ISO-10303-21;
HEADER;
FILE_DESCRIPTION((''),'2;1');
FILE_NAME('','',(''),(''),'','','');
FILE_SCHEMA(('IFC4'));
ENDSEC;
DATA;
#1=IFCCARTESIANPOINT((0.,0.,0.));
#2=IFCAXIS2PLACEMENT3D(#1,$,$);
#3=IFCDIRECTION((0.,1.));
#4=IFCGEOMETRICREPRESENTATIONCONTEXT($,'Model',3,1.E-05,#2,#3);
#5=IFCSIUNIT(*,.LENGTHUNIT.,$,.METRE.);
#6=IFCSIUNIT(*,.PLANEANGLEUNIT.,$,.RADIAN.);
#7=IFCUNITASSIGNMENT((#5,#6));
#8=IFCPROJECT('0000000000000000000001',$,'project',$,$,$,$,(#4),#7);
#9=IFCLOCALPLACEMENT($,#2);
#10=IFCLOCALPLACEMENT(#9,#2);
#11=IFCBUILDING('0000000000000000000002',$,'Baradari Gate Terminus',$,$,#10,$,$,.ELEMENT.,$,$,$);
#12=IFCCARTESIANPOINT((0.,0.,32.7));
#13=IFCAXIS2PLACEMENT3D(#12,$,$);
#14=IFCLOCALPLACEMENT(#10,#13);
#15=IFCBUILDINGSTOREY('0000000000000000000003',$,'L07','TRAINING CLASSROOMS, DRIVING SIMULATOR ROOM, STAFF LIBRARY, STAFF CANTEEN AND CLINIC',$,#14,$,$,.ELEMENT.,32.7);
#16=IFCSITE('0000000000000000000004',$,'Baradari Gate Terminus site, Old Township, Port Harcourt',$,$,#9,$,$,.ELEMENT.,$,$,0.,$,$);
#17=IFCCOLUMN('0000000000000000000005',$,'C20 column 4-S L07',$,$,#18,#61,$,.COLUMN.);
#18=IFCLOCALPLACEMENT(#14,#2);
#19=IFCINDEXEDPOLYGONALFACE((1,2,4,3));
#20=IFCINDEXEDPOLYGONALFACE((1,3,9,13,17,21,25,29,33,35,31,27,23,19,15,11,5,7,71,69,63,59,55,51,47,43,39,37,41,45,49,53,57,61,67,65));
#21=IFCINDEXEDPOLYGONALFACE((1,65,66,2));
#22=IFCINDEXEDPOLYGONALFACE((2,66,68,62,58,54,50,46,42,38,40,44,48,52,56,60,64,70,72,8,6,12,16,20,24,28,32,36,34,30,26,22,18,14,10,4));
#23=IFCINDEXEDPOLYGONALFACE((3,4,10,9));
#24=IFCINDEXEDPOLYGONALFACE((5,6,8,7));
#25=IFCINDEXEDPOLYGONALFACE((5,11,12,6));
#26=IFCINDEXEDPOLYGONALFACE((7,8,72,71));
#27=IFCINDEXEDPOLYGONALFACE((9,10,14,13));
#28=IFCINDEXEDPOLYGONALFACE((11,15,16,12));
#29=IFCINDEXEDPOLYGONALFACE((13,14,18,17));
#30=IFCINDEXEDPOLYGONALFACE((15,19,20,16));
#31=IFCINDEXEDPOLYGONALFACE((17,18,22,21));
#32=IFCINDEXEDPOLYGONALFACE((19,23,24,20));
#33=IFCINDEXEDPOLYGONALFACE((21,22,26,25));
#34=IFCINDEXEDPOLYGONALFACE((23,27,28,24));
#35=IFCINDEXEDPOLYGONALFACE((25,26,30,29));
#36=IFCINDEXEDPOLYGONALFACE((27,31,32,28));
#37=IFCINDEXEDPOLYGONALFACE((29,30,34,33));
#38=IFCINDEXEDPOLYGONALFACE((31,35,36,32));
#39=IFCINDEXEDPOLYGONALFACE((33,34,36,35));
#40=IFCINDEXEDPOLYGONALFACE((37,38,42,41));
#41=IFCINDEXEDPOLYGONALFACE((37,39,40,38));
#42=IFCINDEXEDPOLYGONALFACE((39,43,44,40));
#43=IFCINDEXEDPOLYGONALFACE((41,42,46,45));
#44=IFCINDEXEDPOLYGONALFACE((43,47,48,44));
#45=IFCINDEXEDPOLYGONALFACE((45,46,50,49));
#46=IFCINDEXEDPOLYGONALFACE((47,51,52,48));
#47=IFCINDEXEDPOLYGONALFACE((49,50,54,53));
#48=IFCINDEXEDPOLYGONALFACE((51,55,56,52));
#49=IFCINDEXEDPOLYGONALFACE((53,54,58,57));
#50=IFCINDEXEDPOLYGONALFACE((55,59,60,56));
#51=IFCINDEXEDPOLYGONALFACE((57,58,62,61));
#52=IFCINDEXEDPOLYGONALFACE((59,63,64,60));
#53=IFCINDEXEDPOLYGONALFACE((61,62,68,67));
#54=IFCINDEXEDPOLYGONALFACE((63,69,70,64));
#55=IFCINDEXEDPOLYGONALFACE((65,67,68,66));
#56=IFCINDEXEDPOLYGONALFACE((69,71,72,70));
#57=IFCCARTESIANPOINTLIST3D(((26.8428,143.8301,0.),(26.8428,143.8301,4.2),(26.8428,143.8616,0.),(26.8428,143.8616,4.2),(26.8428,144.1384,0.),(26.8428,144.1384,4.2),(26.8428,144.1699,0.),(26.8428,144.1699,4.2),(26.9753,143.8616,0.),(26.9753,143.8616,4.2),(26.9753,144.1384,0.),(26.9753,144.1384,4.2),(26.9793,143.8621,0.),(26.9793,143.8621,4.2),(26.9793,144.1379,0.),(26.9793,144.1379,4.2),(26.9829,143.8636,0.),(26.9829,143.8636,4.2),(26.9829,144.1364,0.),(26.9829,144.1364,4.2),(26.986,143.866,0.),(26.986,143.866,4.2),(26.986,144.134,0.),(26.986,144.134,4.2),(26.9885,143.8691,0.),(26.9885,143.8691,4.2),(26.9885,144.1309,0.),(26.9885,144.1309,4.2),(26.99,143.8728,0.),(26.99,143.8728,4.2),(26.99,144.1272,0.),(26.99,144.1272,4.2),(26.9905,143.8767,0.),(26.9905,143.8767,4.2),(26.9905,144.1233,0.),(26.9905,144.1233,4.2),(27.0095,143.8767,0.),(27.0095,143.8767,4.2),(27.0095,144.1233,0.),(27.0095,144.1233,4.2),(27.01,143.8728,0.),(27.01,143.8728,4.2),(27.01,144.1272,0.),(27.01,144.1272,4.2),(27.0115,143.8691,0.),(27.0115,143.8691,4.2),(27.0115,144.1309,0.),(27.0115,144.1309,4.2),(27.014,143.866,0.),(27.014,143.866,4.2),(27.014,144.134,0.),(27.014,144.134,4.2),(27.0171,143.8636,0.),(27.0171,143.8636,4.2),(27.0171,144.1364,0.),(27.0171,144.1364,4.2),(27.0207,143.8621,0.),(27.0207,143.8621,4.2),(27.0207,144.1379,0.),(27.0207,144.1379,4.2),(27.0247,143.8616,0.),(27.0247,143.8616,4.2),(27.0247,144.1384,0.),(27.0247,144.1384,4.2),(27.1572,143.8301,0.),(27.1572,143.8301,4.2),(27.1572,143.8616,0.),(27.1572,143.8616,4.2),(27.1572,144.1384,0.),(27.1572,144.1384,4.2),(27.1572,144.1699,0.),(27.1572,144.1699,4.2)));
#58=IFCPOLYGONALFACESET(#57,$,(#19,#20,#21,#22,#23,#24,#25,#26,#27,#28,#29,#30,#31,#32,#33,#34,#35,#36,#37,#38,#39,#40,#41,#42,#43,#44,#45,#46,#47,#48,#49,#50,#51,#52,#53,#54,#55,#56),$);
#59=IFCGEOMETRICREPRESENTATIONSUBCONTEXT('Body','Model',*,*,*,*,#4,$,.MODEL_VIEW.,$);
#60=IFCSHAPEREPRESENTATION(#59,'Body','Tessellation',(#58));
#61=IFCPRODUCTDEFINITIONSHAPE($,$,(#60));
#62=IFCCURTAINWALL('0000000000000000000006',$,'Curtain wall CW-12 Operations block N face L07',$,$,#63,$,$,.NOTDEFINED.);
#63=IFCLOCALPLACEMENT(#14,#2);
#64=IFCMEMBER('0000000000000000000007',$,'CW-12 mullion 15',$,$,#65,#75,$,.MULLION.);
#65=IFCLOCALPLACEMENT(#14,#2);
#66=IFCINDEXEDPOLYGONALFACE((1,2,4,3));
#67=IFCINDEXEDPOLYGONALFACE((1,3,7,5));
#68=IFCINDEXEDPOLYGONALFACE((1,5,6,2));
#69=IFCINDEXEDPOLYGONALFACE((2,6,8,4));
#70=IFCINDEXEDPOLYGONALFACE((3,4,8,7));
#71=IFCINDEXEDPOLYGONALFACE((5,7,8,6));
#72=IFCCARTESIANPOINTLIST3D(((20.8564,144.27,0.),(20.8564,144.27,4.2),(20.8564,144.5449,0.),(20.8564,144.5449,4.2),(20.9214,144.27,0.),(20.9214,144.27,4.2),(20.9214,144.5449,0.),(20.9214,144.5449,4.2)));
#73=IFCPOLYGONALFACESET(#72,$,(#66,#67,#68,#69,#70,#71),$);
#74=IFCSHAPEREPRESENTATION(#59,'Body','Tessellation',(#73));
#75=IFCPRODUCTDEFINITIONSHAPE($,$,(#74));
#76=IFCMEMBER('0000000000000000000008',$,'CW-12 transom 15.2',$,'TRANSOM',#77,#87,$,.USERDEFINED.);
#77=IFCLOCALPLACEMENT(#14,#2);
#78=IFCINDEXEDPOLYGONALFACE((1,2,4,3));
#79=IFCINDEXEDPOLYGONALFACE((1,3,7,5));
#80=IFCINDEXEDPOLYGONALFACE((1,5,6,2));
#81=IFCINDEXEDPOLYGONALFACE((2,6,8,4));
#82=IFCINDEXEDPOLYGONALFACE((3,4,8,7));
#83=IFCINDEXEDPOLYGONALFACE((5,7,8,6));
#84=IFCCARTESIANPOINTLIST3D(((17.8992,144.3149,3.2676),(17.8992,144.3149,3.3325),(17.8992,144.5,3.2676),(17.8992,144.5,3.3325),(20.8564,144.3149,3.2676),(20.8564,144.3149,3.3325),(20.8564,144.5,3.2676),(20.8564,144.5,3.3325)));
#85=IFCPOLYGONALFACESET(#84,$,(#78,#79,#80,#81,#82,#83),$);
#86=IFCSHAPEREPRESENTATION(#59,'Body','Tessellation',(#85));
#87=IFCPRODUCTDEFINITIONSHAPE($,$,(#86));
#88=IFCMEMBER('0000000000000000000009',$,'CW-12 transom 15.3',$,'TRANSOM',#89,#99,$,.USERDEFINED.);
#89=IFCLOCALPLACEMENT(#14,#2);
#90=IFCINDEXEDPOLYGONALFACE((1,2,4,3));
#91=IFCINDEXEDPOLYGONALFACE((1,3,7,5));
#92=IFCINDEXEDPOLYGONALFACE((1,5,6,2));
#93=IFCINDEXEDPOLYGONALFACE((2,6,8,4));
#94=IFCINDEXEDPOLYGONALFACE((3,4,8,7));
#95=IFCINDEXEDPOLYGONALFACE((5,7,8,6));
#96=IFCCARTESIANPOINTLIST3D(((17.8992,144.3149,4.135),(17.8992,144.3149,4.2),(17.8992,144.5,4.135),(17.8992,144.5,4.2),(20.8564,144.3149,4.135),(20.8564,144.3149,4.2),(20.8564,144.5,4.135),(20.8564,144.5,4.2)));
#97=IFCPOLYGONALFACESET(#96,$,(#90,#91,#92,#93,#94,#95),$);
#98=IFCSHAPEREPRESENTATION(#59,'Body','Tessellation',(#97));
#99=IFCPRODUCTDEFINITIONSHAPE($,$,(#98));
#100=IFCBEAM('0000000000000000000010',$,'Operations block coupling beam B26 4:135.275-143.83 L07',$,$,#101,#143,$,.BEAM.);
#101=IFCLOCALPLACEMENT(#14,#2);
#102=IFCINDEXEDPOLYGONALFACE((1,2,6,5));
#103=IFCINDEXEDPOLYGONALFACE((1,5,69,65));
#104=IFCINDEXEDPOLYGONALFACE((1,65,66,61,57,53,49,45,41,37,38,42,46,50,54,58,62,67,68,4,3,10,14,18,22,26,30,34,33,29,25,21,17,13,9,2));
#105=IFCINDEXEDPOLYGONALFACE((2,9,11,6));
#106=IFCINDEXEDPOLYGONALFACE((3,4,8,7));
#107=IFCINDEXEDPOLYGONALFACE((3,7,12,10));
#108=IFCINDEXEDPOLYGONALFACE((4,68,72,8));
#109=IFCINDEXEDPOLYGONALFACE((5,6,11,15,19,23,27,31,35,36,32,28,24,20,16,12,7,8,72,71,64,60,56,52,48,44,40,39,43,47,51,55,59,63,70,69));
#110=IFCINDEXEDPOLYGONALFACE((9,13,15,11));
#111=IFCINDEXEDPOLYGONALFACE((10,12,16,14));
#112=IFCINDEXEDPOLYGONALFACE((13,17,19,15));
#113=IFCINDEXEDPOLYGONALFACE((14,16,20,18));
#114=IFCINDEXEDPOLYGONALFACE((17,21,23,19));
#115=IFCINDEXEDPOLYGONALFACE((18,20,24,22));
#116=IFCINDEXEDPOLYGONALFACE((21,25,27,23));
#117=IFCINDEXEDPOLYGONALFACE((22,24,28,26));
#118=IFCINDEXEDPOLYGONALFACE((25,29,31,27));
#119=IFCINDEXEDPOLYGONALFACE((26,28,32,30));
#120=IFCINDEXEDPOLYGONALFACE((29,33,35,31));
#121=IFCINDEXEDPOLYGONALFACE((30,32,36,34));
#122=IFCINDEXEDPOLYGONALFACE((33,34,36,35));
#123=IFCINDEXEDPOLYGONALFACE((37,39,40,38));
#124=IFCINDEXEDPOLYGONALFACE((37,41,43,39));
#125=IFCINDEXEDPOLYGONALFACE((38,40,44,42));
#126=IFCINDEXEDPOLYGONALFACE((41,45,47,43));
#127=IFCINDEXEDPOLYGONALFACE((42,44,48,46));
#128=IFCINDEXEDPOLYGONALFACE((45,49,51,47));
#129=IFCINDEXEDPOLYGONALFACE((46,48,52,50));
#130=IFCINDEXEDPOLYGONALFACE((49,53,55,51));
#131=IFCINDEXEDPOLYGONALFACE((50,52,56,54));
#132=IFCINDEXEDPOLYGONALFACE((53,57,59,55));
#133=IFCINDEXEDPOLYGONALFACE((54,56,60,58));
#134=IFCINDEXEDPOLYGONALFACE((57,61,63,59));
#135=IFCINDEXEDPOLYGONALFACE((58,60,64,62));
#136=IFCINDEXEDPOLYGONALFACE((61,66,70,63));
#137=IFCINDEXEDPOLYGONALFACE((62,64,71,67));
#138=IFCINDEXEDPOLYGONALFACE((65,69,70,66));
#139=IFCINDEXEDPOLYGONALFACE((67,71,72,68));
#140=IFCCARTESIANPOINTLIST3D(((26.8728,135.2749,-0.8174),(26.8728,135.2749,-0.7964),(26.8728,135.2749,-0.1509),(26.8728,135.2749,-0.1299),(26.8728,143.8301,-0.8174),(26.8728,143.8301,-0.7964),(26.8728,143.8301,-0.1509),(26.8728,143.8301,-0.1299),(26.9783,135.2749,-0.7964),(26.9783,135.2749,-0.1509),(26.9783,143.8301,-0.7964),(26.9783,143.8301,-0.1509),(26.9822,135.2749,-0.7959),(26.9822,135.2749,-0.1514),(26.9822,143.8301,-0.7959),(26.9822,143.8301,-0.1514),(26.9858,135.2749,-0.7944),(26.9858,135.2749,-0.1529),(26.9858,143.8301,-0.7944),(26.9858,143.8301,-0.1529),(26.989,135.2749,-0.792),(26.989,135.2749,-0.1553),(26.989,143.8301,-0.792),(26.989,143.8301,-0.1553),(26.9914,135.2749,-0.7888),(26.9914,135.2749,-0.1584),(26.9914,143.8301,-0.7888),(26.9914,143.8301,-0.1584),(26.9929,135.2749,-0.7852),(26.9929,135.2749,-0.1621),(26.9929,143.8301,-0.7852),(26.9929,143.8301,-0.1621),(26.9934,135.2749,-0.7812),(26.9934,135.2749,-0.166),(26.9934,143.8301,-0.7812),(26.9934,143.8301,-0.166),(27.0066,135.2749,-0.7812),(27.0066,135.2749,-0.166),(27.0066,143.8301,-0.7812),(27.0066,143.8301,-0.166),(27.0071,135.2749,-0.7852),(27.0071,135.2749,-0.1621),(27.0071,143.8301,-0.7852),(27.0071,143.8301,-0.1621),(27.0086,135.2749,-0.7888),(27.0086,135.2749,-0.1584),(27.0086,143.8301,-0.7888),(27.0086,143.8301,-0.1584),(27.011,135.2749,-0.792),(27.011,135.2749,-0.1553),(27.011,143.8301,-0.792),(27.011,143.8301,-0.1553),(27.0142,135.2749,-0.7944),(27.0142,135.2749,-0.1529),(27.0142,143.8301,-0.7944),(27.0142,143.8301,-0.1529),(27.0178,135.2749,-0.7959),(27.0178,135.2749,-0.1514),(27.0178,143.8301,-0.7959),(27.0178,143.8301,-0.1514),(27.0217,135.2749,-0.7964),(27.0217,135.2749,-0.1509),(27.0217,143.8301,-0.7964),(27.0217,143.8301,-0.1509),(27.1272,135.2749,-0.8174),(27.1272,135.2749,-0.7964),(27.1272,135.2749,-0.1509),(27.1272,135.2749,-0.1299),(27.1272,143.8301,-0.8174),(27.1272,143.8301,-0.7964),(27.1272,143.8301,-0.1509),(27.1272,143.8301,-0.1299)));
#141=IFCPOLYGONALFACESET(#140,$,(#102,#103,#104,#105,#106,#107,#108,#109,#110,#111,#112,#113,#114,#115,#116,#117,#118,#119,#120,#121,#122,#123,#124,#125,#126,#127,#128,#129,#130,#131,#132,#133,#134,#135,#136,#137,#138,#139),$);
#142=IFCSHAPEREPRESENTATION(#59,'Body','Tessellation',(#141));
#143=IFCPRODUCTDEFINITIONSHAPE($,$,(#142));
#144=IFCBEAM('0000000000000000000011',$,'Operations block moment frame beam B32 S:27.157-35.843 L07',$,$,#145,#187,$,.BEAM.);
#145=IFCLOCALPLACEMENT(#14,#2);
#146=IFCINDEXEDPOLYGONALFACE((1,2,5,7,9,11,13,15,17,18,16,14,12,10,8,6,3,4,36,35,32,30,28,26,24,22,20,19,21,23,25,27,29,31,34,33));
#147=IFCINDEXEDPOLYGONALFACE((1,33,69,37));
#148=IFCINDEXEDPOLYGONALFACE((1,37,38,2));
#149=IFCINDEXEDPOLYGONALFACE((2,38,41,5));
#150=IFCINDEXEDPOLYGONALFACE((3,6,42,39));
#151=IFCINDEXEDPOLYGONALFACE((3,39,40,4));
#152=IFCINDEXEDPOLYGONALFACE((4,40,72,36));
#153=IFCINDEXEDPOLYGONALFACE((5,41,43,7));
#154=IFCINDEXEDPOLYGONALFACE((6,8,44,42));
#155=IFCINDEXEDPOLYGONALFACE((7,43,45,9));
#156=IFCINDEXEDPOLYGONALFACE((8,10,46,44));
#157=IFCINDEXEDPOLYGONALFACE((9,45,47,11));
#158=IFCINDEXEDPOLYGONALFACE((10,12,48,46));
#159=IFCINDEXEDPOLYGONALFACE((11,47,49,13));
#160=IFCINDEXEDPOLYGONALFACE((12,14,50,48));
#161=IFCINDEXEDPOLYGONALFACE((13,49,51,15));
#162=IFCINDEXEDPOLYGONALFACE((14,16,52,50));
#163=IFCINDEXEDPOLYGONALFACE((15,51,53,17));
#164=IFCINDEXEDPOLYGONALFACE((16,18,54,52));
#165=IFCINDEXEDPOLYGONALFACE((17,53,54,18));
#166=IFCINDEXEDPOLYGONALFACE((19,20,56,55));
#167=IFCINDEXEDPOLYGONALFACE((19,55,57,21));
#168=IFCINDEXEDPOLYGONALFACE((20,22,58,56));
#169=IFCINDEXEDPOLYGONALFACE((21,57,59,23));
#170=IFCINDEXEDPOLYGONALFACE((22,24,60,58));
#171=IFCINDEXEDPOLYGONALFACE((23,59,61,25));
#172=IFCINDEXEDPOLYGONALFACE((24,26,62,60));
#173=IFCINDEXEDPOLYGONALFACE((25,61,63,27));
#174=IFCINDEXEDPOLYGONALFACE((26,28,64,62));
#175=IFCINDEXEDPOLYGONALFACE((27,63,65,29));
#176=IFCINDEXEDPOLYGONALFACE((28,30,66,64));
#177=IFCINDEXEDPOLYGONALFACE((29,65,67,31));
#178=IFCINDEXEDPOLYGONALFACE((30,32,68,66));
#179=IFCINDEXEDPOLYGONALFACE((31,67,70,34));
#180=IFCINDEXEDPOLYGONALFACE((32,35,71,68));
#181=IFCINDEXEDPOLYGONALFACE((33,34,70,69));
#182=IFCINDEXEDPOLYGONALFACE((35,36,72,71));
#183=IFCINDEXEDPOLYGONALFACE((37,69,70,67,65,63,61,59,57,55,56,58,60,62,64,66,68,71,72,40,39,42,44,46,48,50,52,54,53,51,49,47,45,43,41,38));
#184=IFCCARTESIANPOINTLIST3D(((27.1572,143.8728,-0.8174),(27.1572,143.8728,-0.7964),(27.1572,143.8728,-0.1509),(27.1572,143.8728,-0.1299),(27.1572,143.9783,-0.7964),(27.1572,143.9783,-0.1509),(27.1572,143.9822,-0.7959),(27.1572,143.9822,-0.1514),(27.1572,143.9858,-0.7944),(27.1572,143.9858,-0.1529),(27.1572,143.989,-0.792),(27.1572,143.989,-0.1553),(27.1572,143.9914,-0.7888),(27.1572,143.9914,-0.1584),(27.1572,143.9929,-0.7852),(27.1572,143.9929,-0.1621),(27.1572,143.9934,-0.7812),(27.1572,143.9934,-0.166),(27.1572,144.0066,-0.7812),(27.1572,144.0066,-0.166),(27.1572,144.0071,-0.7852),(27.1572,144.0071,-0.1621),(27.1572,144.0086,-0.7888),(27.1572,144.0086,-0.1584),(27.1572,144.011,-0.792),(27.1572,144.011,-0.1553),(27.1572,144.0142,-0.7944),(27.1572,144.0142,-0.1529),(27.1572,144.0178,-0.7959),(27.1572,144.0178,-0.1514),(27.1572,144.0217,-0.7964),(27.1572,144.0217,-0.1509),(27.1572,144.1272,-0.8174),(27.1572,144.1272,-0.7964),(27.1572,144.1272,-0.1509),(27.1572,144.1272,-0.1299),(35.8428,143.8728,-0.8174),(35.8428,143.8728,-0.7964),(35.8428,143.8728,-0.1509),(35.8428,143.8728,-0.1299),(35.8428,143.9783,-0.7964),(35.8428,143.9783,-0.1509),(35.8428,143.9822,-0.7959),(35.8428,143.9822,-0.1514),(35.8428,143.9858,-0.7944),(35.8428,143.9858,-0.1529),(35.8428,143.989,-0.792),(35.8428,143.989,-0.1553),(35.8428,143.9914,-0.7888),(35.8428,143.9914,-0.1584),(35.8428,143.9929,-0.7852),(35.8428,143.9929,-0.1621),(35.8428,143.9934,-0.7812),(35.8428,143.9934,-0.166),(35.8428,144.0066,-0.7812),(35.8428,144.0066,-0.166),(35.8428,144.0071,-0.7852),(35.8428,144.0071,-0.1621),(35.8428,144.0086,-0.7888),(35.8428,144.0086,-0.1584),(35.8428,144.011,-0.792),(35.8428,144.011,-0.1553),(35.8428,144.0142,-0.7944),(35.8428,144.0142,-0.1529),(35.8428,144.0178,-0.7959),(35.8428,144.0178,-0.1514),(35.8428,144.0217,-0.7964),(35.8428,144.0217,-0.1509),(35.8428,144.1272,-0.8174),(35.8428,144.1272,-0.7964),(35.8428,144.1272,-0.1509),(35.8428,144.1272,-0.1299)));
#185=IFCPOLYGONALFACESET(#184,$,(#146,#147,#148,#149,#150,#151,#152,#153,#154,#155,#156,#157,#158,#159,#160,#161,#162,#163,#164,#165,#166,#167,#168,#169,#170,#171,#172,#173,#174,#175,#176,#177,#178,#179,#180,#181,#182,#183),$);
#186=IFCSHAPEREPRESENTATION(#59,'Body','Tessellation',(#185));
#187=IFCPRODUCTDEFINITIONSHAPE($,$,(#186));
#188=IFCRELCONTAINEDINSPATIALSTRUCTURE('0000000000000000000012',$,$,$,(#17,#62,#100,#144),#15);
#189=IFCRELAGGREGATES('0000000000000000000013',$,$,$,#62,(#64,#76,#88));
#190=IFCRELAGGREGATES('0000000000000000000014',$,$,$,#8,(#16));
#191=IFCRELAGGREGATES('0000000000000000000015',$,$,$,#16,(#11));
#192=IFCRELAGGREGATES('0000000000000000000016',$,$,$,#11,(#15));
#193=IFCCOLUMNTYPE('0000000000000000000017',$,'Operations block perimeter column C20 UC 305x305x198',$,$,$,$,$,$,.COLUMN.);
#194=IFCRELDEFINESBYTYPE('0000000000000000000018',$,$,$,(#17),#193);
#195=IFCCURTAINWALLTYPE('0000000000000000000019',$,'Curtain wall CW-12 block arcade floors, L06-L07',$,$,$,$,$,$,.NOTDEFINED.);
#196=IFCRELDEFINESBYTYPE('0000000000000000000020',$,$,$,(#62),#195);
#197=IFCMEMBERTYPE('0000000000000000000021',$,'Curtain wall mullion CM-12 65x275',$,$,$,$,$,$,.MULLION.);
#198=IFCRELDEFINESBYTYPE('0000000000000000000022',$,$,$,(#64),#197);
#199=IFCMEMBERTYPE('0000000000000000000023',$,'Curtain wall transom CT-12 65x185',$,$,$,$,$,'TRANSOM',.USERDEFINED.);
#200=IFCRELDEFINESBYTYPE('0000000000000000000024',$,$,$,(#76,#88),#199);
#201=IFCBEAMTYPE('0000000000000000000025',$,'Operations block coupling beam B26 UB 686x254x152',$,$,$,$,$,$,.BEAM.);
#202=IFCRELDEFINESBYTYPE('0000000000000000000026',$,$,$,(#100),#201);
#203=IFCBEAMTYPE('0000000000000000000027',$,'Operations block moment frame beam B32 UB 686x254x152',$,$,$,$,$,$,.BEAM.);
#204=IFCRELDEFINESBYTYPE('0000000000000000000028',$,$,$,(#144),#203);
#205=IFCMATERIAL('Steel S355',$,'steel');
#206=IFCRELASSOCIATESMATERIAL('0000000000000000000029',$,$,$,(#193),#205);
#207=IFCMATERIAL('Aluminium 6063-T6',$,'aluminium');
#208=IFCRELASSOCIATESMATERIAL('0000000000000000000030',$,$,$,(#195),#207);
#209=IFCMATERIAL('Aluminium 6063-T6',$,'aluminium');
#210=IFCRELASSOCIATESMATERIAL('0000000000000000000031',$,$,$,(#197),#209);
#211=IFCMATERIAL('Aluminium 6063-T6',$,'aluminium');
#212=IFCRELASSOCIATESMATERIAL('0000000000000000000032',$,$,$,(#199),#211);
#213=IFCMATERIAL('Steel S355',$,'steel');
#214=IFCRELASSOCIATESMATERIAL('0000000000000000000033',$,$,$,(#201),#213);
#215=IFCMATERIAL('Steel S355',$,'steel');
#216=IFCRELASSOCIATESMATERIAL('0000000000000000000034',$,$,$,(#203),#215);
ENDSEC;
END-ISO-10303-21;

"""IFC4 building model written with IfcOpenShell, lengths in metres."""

from ifc_helpers import new_model, si_unit, direction, frame, origin, origin_2d, place, context, subcontext, project, spatial, rectangle, i_section, extrude, material, material_profile, profile_set, type_object, element, aggregate, save


model = new_model("IFC4")

# Units and contexts
model_context = context("Model", 3, precision=1e-05, world=origin(), true_north=direction((0.0, 1.0)))
body_context = subcontext(model_context, "Body", "Model", "MODEL_VIEW")
ifc_project = project(units=[si_unit("LENGTHUNIT", "METRE"), si_unit("PLANEANGLEUNIT", "RADIAN")], contexts=[model_context])

# Site, building, storey
site_placement = place(None, origin())
site = spatial("IfcSite", under=ifc_project, at=site_placement, Name="Baradari Gate Terminus site, Old Township, Port Harcourt", CompositionType="ELEMENT", RefElevation=0.0)
building_placement = place(site_placement, origin())
building = spatial("IfcBuilding", under=site, at=building_placement, Name="Baradari Gate Terminus", CompositionType="ELEMENT")
storey_placement = place(building_placement, frame((0.0, 0.0, 32.7)))
storey = spatial("IfcBuildingStorey", under=building, at=storey_placement, Name="L07", Description="TRAINING CLASSROOMS, DRIVING SIMULATOR ROOM, STAFF LIBRARY, STAFF CANTEEN AND CLINIC", CompositionType="ELEMENT", Elevation=32.7)

# Column
ifc_material_1 = material(Name="Steel S355", Category="steel")
ifc_material_profile_1 = material_profile(ifc_material_1, i_section(OverallWidth=0.3145, OverallDepth=0.3398, WebThickness=0.019, FlangeThickness=0.0315, FilletRadius=0.0151, at=origin_2d()), Name="UC 305x305x198")
ifc_profile_set_1 = profile_set([ifc_material_profile_1], Name="Steel S355")
column_type = type_object("IfcColumnType", Name="Operations block perimeter column C20 UC 305x305x198", PredefinedType="COLUMN", material=ifc_profile_set_1)
column_placement = place(storey_placement, frame((27.0, 144.0, 0.0), z_axis=(0.0, 0.0, 1.0), x_axis=(1.0, 0.0, 0.0)))
element("IfcColumn", 1, at=column_placement, inside=storey, type_object=column_type, Name="C20 column 4-S L07", PredefinedType="COLUMN", context=body_context, shape_type="SweptSolid", body=[
    extrude(i_section(OverallWidth=0.3145, OverallDepth=0.3398, WebThickness=0.019, FlangeThickness=0.0315, FilletRadius=0.0151, at=origin_2d()), origin(), (0.0, 0.0, 1.0), 4.2),
])

# Curtain wall, members
ifc_material_2 = material(Name="Aluminium 6063-T6", Category="aluminium")
curtain_wall_type = type_object("IfcCurtainWallType", Name="Curtain wall CW-12 block arcade floors, L06-L07", PredefinedType="NOTDEFINED", material=ifc_material_2)
curtain_wall_placement = place(storey_placement, origin())
curtain_wall = element("IfcCurtainWall", 2, at=curtain_wall_placement, inside=storey, type_object=curtain_wall_type, Name="Curtain wall CW-12 Operations block N face L07", PredefinedType="NOTDEFINED")
ifc_material_3 = material(Name="Aluminium 6063-T6", Category="aluminium")
ifc_material_profile_2 = material_profile(ifc_material_3, rectangle(XDim=0.2749, YDim=0.0649, at=origin_2d()), Name="CM-12 65X275")
ifc_profile_set_2 = profile_set([ifc_material_profile_2], Name="Aluminium 6063-T6")
member_type_1 = type_object("IfcMemberType", Name="Curtain wall mullion CM-12 65x275", PredefinedType="MULLION", material=ifc_profile_set_2)
member_1_placement = place(storey_placement, frame((20.8889, 144.4075, 0.0), z_axis=(0.0, 0.0, 1.0), x_axis=(0.0, -1.0, 0.0)))
member_1 = element("IfcMember", 3, at=member_1_placement, type_object=member_type_1, Name="CW-12 mullion 15", PredefinedType="MULLION", context=body_context, shape_type="SweptSolid", body=[
    extrude(rectangle(XDim=0.2749, YDim=0.0649, at=origin_2d()), origin(), (0.0, 0.0, 1.0), 4.2),
])
ifc_material_4 = material(Name="Aluminium 6063-T6", Category="aluminium")
ifc_material_profile_3 = material_profile(ifc_material_4, rectangle(XDim=0.1851, YDim=0.0649, at=origin_2d()), Name="CT-12 65X185")
ifc_profile_set_3 = profile_set([ifc_material_profile_3], Name="Aluminium 6063-T6")
member_type_2 = type_object("IfcMemberType", Name="Curtain wall transom CT-12 65x185", ElementType="TRANSOM", PredefinedType="USERDEFINED", material=ifc_profile_set_3)
member_2_placement = place(storey_placement, frame((20.8564, 144.4075, 3.3), z_axis=(-1.0, 0.0, 0.0), x_axis=(0.0, -1.0, 0.0)))
member_2 = element("IfcMember", 4, at=member_2_placement, type_object=member_type_2, Name="CW-12 transom 15.2", ObjectType="TRANSOM", PredefinedType="USERDEFINED", context=body_context, shape_type="SweptSolid", body=[
    extrude(rectangle(XDim=0.1851, YDim=0.0649, at=origin_2d()), origin(), (0.0, 0.0, 1.0), 2.9573),
])
member_3_placement = place(storey_placement, frame((20.8564, 144.4075, 4.1675), z_axis=(-1.0, 0.0, 0.0), x_axis=(0.0, -1.0, 0.0)))
member_3 = element("IfcMember", 5, at=member_3_placement, type_object=member_type_2, Name="CW-12 transom 15.3", ObjectType="TRANSOM", PredefinedType="USERDEFINED", context=body_context, shape_type="SweptSolid", body=[
    extrude(rectangle(XDim=0.1851, YDim=0.0649, at=origin_2d()), origin(), (0.0, 0.0, 1.0), 2.9573),
])

# Beams
ifc_material_5 = material(Name="Steel S355", Category="steel")
ifc_material_profile_4 = material_profile(ifc_material_5, i_section(OverallWidth=0.2544, OverallDepth=0.6875, WebThickness=0.0132, FlangeThickness=0.021, FilletRadius=0.0151, at=origin_2d()), Name="UB 686x254x152")
ifc_profile_set_4 = profile_set([ifc_material_profile_4], Name="Steel S355")
beam_type_1 = type_object("IfcBeamType", Name="Operations block coupling beam B26 UB 686x254x152", PredefinedType="BEAM", material=ifc_profile_set_4)
beam_1_placement = place(storey_placement, frame((27.0, 135.2749, -0.4736), z_axis=(0.0, 1.0, 0.0), x_axis=(-1.0, 0.0, 0.0)))
element("IfcBeam", 6, at=beam_1_placement, inside=storey, type_object=beam_type_1, Name="Operations block coupling beam B26 4:135.275-143.83 L07", PredefinedType="BEAM", context=body_context, shape_type="SweptSolid", body=[
    extrude(i_section(OverallWidth=0.2544, OverallDepth=0.6875, WebThickness=0.0132, FlangeThickness=0.021, FilletRadius=0.0151, at=origin_2d()), origin(), (0.0, 0.0, 1.0), 8.5552),
])
ifc_material_6 = material(Name="Steel S355", Category="steel")
ifc_material_profile_5 = material_profile(ifc_material_6, i_section(OverallWidth=0.2544, OverallDepth=0.6875, WebThickness=0.0132, FlangeThickness=0.021, FilletRadius=0.0151, at=origin_2d()), Name="UB 686x254x152")
ifc_profile_set_5 = profile_set([ifc_material_profile_5], Name="Steel S355")
beam_type_2 = type_object("IfcBeamType", Name="Operations block moment frame beam B32 UB 686x254x152", PredefinedType="BEAM", material=ifc_profile_set_5)
beam_2_placement = place(storey_placement, frame((27.1572, 144.0, -0.4736), z_axis=(1.0, 0.0, 0.0), x_axis=(0.0, 1.0, 0.0)))
element("IfcBeam", 7, at=beam_2_placement, inside=storey, type_object=beam_type_2, Name="Operations block moment frame beam B32 S:27.157-35.843 L07", PredefinedType="BEAM", context=body_context, shape_type="SweptSolid", body=[
    extrude(i_section(OverallWidth=0.2544, OverallDepth=0.6875, WebThickness=0.0132, FlangeThickness=0.021, FilletRadius=0.0151, at=origin_2d()), origin(), (0.0, 0.0, 1.0), 8.6855),
])

aggregate(curtain_wall, [member_1, member_2, member_3])

save(model, "model.ifc")
